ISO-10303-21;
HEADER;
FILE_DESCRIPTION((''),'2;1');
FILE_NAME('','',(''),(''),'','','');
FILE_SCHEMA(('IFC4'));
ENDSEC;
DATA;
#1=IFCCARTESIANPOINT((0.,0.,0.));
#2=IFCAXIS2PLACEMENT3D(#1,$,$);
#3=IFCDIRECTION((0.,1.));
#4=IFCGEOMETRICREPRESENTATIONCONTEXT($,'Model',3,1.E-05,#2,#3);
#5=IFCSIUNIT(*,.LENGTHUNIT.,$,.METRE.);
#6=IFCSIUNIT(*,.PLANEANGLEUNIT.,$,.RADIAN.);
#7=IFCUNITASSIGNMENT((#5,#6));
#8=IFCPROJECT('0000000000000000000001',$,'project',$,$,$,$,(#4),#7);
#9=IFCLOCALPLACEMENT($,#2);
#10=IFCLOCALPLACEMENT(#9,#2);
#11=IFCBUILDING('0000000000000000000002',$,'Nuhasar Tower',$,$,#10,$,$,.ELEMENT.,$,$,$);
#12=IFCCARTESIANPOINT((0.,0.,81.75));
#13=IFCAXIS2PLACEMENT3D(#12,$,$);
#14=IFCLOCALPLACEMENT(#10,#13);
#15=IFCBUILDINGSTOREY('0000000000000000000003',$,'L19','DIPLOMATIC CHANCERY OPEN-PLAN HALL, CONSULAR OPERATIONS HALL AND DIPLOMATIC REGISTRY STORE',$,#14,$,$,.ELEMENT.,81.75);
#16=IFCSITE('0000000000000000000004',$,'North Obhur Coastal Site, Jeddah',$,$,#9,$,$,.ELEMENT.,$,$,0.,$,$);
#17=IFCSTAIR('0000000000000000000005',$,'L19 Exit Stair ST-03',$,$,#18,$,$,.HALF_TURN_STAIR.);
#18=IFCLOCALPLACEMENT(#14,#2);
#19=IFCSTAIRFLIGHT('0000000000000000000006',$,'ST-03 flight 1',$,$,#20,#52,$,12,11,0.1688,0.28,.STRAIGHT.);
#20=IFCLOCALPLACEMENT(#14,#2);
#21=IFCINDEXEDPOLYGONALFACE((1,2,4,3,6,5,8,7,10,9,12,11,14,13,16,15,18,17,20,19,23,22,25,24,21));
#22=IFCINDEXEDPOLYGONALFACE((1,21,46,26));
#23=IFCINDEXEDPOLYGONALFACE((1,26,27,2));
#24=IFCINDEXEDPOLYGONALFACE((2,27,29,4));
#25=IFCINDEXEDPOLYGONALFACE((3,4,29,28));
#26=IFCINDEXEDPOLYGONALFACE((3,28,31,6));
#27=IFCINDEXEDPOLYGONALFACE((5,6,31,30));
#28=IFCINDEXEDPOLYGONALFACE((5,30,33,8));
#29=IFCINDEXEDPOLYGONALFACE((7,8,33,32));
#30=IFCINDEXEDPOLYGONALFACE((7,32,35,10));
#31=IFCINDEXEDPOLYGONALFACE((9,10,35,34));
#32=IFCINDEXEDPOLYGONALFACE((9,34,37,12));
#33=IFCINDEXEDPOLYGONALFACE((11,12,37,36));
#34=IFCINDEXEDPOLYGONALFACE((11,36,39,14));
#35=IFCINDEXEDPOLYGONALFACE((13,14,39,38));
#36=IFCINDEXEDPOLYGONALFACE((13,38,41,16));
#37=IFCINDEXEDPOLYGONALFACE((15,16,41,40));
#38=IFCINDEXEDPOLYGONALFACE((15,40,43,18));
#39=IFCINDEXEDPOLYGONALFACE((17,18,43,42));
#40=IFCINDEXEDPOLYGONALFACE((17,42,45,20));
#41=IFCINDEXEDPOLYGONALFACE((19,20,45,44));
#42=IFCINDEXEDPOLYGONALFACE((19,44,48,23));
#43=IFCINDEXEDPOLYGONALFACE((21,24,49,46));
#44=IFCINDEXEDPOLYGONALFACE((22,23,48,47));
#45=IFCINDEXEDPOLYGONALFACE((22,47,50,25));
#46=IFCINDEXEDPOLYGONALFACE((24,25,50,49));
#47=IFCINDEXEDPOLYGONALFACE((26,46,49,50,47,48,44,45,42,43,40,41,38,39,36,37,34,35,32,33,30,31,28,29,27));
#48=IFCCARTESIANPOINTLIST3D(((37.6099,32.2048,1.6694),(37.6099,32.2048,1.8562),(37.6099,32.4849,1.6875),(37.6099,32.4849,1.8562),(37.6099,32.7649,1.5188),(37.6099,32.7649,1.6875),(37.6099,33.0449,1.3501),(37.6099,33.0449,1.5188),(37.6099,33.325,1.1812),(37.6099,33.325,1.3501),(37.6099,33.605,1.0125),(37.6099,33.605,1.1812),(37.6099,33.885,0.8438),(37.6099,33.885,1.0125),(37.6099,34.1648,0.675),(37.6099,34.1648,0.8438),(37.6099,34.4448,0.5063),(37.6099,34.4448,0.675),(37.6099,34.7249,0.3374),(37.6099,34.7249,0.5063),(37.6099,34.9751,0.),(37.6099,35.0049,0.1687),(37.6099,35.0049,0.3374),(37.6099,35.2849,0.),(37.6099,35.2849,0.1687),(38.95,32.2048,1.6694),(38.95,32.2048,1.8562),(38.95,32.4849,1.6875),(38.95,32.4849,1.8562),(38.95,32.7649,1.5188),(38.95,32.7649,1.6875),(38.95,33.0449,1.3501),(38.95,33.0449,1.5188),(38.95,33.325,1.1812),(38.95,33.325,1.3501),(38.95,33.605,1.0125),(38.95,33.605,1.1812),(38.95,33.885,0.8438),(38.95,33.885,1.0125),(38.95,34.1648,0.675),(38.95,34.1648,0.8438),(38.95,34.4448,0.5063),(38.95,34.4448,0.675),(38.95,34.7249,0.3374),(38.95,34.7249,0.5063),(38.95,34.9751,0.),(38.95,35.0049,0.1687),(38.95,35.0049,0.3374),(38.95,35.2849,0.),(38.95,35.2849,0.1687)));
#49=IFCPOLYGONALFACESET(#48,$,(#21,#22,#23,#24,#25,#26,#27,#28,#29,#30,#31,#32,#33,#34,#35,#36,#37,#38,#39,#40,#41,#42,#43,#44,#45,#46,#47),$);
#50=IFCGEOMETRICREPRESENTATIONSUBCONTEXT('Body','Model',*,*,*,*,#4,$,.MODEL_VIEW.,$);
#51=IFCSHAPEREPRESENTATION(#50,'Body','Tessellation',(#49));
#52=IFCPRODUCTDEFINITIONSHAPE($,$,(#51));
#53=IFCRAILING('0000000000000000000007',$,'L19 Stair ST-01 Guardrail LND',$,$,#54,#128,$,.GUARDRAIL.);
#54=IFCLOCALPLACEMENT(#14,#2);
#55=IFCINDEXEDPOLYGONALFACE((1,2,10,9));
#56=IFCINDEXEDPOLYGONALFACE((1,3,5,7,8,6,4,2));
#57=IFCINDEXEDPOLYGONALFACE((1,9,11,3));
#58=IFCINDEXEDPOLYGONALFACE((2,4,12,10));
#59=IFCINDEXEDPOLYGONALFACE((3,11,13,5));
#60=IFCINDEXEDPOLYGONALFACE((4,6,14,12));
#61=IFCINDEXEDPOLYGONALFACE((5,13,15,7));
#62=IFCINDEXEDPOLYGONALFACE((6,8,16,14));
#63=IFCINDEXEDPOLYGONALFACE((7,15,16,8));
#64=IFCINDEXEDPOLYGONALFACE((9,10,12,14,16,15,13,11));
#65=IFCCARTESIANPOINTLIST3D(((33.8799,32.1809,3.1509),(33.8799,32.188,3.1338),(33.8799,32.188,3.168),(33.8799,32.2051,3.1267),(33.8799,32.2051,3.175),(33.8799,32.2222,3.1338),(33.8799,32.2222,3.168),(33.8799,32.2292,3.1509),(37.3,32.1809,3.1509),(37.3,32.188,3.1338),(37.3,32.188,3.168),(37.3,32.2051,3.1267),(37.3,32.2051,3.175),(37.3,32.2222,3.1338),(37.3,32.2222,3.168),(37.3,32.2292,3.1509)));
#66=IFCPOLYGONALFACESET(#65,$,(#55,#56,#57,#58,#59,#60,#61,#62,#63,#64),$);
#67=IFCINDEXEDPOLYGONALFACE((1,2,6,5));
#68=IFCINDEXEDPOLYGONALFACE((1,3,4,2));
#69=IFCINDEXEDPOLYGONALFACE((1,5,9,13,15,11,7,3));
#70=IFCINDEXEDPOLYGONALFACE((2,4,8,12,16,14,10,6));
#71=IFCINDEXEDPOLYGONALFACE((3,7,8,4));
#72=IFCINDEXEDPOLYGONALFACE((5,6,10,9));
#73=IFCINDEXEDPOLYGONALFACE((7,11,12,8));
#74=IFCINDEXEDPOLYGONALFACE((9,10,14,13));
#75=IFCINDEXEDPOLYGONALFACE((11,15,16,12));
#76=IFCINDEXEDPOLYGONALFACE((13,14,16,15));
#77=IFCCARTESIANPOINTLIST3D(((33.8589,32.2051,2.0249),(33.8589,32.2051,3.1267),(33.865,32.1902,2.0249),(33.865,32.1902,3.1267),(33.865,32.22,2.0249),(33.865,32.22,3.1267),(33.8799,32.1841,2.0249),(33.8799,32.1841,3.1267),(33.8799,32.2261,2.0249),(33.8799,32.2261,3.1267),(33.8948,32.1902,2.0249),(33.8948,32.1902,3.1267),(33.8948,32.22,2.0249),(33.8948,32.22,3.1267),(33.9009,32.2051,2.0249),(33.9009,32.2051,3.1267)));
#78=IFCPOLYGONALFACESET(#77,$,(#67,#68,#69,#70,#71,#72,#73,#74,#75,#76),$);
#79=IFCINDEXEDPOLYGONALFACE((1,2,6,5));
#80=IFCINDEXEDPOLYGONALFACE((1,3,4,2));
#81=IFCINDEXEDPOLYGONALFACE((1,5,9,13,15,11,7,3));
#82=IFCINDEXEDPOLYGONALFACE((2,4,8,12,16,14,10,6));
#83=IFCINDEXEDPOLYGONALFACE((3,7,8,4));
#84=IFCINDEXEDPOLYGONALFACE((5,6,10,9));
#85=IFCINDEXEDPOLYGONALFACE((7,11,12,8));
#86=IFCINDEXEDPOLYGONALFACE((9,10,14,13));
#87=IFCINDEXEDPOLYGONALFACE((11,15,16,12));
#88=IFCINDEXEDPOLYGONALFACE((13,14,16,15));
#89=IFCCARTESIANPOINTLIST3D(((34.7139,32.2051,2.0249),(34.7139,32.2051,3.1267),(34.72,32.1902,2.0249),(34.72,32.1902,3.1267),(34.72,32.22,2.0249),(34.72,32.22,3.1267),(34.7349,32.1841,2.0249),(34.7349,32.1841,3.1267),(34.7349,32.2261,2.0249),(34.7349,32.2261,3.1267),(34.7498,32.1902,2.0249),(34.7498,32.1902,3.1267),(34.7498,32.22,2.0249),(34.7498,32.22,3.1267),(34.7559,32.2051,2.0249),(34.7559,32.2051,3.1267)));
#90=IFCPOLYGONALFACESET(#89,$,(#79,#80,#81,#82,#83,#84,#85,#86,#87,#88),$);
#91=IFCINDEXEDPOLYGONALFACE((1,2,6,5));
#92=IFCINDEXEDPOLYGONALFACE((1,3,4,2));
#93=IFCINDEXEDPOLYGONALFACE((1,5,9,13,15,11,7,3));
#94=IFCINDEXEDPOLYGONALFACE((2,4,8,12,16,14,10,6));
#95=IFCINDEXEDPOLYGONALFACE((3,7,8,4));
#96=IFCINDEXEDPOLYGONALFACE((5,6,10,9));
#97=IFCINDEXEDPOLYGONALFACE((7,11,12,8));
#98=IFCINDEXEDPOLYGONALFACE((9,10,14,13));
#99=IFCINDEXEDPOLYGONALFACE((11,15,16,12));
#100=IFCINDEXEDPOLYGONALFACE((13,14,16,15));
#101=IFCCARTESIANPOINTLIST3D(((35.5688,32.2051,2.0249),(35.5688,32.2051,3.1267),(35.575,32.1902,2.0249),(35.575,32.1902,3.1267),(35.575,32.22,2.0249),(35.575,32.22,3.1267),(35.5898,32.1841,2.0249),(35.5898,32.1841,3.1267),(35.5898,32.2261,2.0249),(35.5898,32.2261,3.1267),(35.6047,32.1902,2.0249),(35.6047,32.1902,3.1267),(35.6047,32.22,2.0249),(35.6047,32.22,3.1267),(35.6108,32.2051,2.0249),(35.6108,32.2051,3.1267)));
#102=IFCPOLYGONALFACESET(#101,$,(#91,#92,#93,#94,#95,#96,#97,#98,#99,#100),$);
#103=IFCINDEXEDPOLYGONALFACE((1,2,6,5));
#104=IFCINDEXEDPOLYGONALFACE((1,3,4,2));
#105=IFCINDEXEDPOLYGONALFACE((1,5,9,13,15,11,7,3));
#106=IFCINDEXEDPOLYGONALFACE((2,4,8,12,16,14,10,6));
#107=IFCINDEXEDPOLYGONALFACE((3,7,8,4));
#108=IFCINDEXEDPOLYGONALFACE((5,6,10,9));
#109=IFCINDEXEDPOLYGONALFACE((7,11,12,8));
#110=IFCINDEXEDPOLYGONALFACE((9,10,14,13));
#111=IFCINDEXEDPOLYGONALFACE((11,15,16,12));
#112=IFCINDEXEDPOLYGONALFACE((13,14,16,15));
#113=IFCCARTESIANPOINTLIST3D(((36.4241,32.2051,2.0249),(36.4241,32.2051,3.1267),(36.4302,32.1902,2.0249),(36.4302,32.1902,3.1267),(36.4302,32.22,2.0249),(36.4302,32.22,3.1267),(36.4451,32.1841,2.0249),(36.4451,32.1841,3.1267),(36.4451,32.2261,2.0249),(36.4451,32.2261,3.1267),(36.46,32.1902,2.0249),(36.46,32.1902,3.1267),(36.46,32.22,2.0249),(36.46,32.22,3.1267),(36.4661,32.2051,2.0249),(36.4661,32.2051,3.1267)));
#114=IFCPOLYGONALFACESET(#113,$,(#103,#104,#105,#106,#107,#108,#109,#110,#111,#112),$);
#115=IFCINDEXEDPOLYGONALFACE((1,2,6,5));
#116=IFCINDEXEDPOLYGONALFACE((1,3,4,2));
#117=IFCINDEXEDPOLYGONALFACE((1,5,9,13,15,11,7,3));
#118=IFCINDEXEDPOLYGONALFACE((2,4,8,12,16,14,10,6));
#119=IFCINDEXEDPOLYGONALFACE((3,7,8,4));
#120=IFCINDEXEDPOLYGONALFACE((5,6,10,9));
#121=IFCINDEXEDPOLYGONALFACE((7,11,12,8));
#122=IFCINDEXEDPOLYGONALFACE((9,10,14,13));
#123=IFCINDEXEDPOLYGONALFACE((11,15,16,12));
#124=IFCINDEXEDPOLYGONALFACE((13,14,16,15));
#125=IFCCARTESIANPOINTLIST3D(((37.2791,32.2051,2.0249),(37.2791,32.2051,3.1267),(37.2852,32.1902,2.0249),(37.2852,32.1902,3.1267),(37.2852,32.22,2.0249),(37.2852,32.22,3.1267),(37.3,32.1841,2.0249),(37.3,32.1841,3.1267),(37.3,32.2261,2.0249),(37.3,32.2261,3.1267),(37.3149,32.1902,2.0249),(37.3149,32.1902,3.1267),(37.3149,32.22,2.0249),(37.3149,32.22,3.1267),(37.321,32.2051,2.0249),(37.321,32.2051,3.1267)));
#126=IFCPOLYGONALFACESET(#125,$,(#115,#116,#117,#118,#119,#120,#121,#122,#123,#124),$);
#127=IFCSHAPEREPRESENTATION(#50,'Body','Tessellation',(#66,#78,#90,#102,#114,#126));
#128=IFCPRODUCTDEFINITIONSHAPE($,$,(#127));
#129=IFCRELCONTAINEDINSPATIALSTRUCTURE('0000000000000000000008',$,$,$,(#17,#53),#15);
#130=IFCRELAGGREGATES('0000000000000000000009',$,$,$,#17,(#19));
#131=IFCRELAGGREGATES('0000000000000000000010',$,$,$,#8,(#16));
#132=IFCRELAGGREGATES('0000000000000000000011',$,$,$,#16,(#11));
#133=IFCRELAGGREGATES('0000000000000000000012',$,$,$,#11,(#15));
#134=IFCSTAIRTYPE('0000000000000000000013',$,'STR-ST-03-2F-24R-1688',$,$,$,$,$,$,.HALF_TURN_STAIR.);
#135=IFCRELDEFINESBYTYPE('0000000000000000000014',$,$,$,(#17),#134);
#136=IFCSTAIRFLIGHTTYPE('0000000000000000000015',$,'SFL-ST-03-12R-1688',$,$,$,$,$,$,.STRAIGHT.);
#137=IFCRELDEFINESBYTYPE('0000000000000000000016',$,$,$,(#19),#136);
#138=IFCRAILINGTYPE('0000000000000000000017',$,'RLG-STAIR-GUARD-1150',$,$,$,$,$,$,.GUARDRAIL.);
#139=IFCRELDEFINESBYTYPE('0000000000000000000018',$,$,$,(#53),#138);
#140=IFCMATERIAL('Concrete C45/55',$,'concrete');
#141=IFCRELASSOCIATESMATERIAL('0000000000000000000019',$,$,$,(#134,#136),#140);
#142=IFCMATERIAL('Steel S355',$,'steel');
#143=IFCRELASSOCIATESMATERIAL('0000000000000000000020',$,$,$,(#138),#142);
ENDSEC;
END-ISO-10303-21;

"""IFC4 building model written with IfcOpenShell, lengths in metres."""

from ifc_helpers import new_model, si_unit, direction, frame, origin, place, context, subcontext, project, spatial, polyline, outline, extrude, material, type_object, element, aggregate, save


model = new_model("IFC4")

# Units and contexts
model_context = context("Model", 3, precision=1e-05, world=origin(), true_north=direction((0.0, 1.0)))
body_context = subcontext(model_context, "Body", "Model", "MODEL_VIEW")
ifc_project = project(units=[si_unit("LENGTHUNIT", "METRE"), si_unit("PLANEANGLEUNIT", "RADIAN")], contexts=[model_context])

# Site, building, storey
site_placement = place(None, origin())
site = spatial("IfcSite", under=ifc_project, at=site_placement, Name="North Obhur Coastal Site, Jeddah", CompositionType="ELEMENT", RefElevation=0.0)
building_placement = place(site_placement, origin())
building = spatial("IfcBuilding", under=site, at=building_placement, Name="Nuhasar Tower", CompositionType="ELEMENT")
storey_placement = place(building_placement, frame((0.0, 0.0, 81.75)))
storey = spatial("IfcBuildingStorey", under=building, at=storey_placement, Name="L19", Description="DIPLOMATIC CHANCERY OPEN-PLAN HALL, CONSULAR OPERATIONS HALL AND DIPLOMATIC REGISTRY STORE", CompositionType="ELEMENT", Elevation=81.75)

# Shared definitions
ifc_material_1 = material(Name="Steel S355", Category="steel")

# Shared definitions
ifc_material_2 = material(Name="Concrete C45/55", Category="concrete")

# Stair, stair flight
stair_type_1 = type_object("IfcStairType", Name="STR-ST-03-2F-24R-1688", PredefinedType="HALF_TURN_STAIR", material=ifc_material_2)
stair_1_placement = place(storey_placement, origin())
stair_1 = element("IfcStair", 1, at=stair_1_placement, inside=storey, type_object=stair_type_1, Name="L19 Exit Stair ST-03", PredefinedType="HALF_TURN_STAIR")
stair_flight_type_1 = type_object("IfcStairFlightType", Name="SFL-ST-03-12R-1688", PredefinedType="STRAIGHT", material=ifc_material_2)
stair_flight_1_placement = place(storey_placement, frame((38.28, 35.2849, 0.0), z_axis=(0.0, 0.0, 1.0), x_axis=(0.0, -1.0, 0.0)))
stair_flight_1 = element("IfcStairFlight", 2, at=stair_flight_1_placement, type_object=stair_flight_type_1, Name="ST-03 flight 1", NumberOfRisers=12, NumberOfTreads=11, PredefinedType="STRAIGHT", RiserHeight=0.1688, TreadLength=0.28, context=body_context, shape_type="SweptSolid", body=[
    extrude(outline(polyline([(0.0, 0.0), (0.0, 0.1687), (0.28, 0.1687), (0.28, 0.3374), (0.5601, 0.3374), (0.5601, 0.5063), (0.8401, 0.5063), (0.8401, 0.675), (1.1201, 0.675), (1.1201, 0.8438), (1.3999, 0.8438), (1.3999, 1.0125), (1.6799, 1.0125), (1.6799, 1.1812), (1.96, 1.1812), (1.96, 1.3501), (2.24, 1.3501), (2.24, 1.5188), (2.52, 1.5188), (2.52, 1.6875), (2.8, 1.6875), (2.8, 1.8562), (3.0801, 1.8562), (3.0801, 2.0249), (3.0801, 1.6694), (0.3098, 0.0), (0.0, 0.0)])), frame((0.0, 0.6699, 0.0), z_axis=(0.0, -1.0, 0.0), x_axis=(1.0, 0.0, 0.0)), (0.0, 0.0, 1.0), 1.3401),
])
aggregate(stair_1, [stair_flight_1])

# Railing
railing_type_1 = type_object("IfcRailingType", Name="RLG-STAIR-GUARD-1150", PredefinedType="GUARDRAIL", material=ifc_material_1)
railing_1_placement = place(storey_placement, frame((33.8799, 32.2051, 2.0249)))
element("IfcRailing", 3, at=railing_1_placement, inside=storey, type_object=railing_type_1, Name="L19 Stair ST-01 Guardrail LND", PredefinedType="GUARDRAIL", context=body_context, shape_type="SweptSolid", body=[
    extrude(outline(polyline([(0.0242, 0.0), (0.0171, 0.0171), (0.0, 0.0242), (-0.0171, 0.0171), (-0.0242, 0.0), (-0.0171, -0.0171), (0.0, -0.0242), (0.0171, -0.0171), (0.0242, 0.0)])), frame((0.0, 0.0, 1.126), z_axis=(1.0, 0.0, 0.0), x_axis=(0.0, 1.0, 0.0)), (0.0, 0.0, 1.0), 3.4202),
    extrude(outline(polyline([(0.021, 0.0), (0.0149, 0.0149), (0.0, 0.021), (-0.0149, 0.0149), (-0.021, 0.0), (-0.0149, -0.0149), (0.0, -0.021), (0.0149, -0.0149), (0.021, 0.0)])), origin(), (0.0, 0.0, 1.0), 1.1018),
    extrude(outline(polyline([(0.021, 0.0), (0.0149, 0.0149), (0.0, 0.021), (-0.0149, 0.0149), (-0.021, 0.0), (-0.0149, -0.0149), (0.0, -0.021), (0.0149, -0.0149), (0.021, 0.0)])), frame((0.855, 0.0, 0.0)), (0.0, 0.0, 1.0), 1.1018),
    extrude(outline(polyline([(0.021, 0.0), (0.0149, 0.0149), (0.0, 0.021), (-0.0149, 0.0149), (-0.021, 0.0), (-0.0149, -0.0149), (0.0, -0.021), (0.0149, -0.0149), (0.021, 0.0)])), frame((1.71, 0.0, 0.0)), (0.0, 0.0, 1.0), 1.1018),
    extrude(outline(polyline([(0.021, 0.0), (0.0149, 0.0149), (0.0, 0.021), (-0.0149, 0.0149), (-0.021, 0.0), (-0.0149, -0.0149), (0.0, -0.021), (0.0149, -0.0149), (0.021, 0.0)])), frame((2.5652, 0.0, 0.0)), (0.0, 0.0, 1.0), 1.1018),
    extrude(outline(polyline([(0.021, 0.0), (0.0149, 0.0149), (0.0, 0.021), (-0.0149, 0.0149), (-0.021, 0.0), (-0.0149, -0.0149), (0.0, -0.021), (0.0149, -0.0149), (0.021, 0.0)])), frame((3.4202, 0.0, 0.0)), (0.0, 0.0, 1.0), 1.1018),
])

save(model, "model.ifc")
